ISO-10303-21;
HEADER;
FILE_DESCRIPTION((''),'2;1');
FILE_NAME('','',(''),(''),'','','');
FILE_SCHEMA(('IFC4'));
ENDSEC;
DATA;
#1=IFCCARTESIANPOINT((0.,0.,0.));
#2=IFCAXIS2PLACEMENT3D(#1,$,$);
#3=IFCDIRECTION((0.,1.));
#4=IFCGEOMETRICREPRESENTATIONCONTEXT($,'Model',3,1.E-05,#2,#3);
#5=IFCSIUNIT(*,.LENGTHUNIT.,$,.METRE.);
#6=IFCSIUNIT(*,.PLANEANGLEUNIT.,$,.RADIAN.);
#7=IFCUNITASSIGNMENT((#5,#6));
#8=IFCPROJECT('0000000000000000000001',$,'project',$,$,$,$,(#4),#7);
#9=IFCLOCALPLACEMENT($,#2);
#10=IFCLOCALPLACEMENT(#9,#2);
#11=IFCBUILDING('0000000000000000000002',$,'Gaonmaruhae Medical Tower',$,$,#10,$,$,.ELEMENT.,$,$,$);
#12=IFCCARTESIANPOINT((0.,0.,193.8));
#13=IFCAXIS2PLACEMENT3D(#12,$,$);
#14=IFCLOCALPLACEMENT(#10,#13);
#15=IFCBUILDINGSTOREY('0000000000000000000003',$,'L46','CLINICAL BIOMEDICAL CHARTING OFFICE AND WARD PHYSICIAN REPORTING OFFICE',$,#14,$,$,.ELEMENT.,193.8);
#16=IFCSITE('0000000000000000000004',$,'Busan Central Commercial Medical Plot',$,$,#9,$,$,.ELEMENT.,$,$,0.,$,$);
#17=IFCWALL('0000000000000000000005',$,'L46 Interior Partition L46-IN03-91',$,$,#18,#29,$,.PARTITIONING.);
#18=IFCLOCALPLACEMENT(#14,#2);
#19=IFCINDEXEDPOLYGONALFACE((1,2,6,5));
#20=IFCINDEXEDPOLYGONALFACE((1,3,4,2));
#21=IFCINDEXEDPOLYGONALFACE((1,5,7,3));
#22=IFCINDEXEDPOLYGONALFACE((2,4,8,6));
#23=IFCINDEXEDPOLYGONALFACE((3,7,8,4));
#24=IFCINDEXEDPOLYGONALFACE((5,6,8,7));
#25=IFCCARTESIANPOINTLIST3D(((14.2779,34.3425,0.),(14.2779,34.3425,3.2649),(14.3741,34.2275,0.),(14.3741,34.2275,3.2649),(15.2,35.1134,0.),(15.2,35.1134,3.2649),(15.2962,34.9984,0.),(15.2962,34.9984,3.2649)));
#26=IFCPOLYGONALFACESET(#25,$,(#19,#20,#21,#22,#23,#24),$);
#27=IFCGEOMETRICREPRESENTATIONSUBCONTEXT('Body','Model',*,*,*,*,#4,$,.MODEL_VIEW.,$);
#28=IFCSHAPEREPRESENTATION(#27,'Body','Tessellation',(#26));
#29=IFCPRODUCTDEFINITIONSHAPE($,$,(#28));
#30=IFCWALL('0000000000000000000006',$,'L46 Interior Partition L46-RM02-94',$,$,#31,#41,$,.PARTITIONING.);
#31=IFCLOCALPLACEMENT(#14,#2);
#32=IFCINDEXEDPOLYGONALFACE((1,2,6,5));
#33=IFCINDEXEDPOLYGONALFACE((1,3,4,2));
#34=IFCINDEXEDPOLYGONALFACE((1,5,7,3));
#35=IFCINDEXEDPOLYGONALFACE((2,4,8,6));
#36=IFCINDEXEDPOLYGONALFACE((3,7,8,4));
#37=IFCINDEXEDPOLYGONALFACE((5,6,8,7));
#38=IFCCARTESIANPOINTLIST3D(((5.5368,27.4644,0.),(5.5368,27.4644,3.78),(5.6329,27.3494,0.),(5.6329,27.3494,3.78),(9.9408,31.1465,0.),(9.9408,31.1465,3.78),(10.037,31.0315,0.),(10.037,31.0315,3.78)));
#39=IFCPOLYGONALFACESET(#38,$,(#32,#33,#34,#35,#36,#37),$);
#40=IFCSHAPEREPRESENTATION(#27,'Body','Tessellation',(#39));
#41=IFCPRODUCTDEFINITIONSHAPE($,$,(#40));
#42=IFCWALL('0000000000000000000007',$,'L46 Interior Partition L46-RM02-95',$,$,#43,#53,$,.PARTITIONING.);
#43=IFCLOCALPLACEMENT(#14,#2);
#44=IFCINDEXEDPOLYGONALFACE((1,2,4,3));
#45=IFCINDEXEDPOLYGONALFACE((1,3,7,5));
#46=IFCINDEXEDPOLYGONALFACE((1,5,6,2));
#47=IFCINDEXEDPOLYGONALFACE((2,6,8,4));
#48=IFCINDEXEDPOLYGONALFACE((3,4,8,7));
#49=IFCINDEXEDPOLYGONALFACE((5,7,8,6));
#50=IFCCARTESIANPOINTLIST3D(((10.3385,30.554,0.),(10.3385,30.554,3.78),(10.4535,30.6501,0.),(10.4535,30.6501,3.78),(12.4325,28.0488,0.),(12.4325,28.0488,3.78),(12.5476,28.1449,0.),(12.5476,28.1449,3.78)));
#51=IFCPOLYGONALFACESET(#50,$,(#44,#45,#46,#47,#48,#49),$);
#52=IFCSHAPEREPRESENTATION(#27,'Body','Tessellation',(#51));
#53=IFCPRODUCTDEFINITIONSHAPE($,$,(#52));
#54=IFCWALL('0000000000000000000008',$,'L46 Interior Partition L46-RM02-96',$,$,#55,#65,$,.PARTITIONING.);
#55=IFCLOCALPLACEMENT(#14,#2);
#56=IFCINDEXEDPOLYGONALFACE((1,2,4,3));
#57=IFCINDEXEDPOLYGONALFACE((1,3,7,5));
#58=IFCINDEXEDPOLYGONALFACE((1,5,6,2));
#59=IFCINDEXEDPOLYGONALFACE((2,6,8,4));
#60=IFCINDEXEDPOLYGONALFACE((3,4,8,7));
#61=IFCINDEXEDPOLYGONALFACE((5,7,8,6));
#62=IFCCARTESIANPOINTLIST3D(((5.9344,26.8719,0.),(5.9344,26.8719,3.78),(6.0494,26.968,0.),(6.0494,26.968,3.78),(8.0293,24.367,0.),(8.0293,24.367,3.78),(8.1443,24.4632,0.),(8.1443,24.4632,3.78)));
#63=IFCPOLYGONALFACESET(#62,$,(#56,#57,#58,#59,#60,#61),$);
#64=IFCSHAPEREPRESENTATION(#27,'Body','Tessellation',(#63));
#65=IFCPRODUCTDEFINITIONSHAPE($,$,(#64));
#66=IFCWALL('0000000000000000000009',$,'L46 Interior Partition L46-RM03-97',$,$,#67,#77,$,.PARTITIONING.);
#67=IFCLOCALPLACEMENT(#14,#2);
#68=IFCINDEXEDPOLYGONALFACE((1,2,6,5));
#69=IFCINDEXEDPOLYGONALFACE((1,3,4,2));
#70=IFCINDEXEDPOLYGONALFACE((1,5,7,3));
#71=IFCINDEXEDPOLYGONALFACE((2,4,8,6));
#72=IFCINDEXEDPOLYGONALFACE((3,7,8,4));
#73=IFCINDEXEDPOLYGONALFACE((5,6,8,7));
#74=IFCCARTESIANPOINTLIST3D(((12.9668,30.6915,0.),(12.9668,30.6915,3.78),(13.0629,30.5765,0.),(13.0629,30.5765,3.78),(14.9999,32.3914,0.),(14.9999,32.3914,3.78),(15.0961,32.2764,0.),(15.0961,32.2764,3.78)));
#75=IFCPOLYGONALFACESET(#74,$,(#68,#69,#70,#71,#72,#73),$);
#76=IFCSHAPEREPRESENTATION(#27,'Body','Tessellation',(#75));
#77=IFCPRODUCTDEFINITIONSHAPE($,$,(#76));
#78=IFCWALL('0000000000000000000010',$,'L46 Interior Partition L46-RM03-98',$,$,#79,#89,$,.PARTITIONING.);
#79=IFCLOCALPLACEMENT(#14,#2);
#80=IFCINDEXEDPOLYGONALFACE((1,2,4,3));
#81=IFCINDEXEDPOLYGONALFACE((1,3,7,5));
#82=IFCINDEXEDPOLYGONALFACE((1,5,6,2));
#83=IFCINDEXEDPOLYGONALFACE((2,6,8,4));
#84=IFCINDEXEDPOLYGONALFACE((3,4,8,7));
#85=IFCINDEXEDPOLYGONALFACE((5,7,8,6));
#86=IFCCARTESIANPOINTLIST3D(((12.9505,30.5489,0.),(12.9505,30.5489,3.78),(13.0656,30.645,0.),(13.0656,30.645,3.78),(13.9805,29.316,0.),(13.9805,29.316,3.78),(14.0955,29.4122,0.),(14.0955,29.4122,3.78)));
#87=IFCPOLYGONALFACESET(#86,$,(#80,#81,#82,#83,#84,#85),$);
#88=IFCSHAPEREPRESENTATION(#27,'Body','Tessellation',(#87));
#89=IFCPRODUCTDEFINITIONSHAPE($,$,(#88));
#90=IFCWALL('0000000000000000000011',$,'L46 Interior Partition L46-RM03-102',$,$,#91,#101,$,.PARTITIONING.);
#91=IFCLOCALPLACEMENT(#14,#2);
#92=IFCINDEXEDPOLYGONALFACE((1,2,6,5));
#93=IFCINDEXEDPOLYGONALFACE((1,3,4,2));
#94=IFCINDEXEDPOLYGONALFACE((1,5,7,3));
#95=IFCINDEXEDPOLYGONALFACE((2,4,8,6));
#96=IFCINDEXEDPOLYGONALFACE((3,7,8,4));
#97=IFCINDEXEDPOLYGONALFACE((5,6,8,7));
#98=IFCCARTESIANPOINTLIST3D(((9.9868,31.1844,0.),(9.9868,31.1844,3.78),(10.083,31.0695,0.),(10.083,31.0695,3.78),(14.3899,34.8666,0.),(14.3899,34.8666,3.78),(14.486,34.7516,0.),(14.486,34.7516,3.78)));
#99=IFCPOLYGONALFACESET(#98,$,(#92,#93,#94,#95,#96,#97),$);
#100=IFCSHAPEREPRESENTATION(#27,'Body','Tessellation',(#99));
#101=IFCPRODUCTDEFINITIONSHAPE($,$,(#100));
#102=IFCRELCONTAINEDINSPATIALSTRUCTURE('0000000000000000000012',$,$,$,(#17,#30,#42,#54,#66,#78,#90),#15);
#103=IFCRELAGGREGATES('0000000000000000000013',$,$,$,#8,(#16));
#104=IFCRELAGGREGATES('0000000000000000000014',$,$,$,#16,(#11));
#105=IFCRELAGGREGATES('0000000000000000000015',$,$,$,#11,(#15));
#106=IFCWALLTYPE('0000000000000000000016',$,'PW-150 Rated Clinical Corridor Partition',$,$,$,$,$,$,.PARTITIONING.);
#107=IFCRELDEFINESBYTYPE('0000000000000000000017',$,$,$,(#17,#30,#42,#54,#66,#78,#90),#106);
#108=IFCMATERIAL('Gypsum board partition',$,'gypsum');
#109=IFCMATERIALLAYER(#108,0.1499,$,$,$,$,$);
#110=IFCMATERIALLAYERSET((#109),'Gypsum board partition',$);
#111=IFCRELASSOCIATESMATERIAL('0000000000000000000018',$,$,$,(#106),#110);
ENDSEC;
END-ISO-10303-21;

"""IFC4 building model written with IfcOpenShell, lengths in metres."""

from ifc_helpers import new_model, si_unit, direction, frame, frame_2d, origin, place, context, subcontext, project, spatial, rectangle, extrude, material, layer, layer_set, type_object, element, save


model = new_model("IFC4")

# Units and contexts
model_context = context("Model", 3, precision=1e-05, world=origin(), true_north=direction((0.0, 1.0)))
body_context = subcontext(model_context, "Body", "Model", "MODEL_VIEW")
ifc_project = project(units=[si_unit("LENGTHUNIT", "METRE"), si_unit("PLANEANGLEUNIT", "RADIAN")], contexts=[model_context])

# Site, building, storey
site_placement = place(None, origin())
site = spatial("IfcSite", under=ifc_project, at=site_placement, Name="Busan Central Commercial Medical Plot", CompositionType="ELEMENT", RefElevation=0.0)
building_placement = place(site_placement, origin())
building = spatial("IfcBuilding", under=site, at=building_placement, Name="Gaonmaruhae Medical Tower", CompositionType="ELEMENT")
storey_placement = place(building_placement, frame((0.0, 0.0, 193.8)))
storey = spatial("IfcBuildingStorey", under=building, at=storey_placement, Name="L46", Description="CLINICAL BIOMEDICAL CHARTING OFFICE AND WARD PHYSICIAN REPORTING OFFICE", CompositionType="ELEMENT", Elevation=193.8)

# Shared definitions
ifc_material_1 = material(Name="Gypsum board partition", Category="gypsum")
ifc_layer_1 = layer(ifc_material_1, 0.1499)
ifc_layer_set_1 = layer_set([ifc_layer_1], Name="Gypsum board partition")
wall_type_1 = type_object("IfcWallType", Name="PW-150 Rated Clinical Corridor Partition", PredefinedType="PARTITIONING", material=ifc_layer_set_1)

# Walls
wall_1_placement = place(storey_placement, frame((14.3259, 34.2849, 0.0), z_axis=(0.0, 0.0, 1.0), x_axis=(0.767171, 0.641442, 0.0)))
element("IfcWall", 1, at=wall_1_placement, inside=storey, type_object=wall_type_1, Name="L46 Interior Partition L46-IN03-91", PredefinedType="PARTITIONING", context=body_context, shape_type="SweptSolid", body=[
    extrude(rectangle(XDim=1.2019, YDim=0.1499, at=frame_2d((0.6011, 0.0))), origin(), (0.0, 0.0, 1.0), 3.2649),
])
wall_2_placement = place(storey_placement, frame((5.585, 27.407, 0.0), z_axis=(0.0, 0.0, 1.0), x_axis=(0.767185, 0.641426, 0.0)))
element("IfcWall", 2, at=wall_2_placement, inside=storey, type_object=wall_type_1, Name="L46 Interior Partition L46-RM02-94", PredefinedType="PARTITIONING", context=body_context, shape_type="SweptSolid", body=[
    extrude(rectangle(XDim=5.7405, YDim=0.1499, at=frame_2d((2.8701, 0.0))), origin(), (0.0, 0.0, 1.0), 3.78),
])
wall_3_placement = place(storey_placement, frame((10.396, 30.6021, 0.0), z_axis=(0.0, 0.0, 1.0), x_axis=(0.641338, -0.767258, 0.0)))
element("IfcWall", 3, at=wall_3_placement, inside=storey, type_object=wall_type_1, Name="L46 Interior Partition L46-RM02-95", PredefinedType="PARTITIONING", context=body_context, shape_type="SweptSolid", body=[
    extrude(rectangle(XDim=3.2651, YDim=0.1499, at=frame_2d((1.6326, 0.0))), origin(), (0.0, 0.0, 1.0), 3.78),
])
wall_4_placement = place(storey_placement, frame((8.0869, 24.415, 0.0), z_axis=(0.0, 0.0, 1.0), x_axis=(-0.641551, 0.76708, 0.0)))
element("IfcWall", 4, at=wall_4_placement, inside=storey, type_object=wall_type_1, Name="L46 Interior Partition L46-RM02-96", PredefinedType="PARTITIONING", context=body_context, shape_type="SweptSolid", body=[
    extrude(rectangle(XDim=3.2654, YDim=0.1499, at=frame_2d((1.6328, 0.0))), origin(), (0.0, 0.0, 1.0), 3.78),
])
wall_5_placement = place(storey_placement, frame((15.0481, 32.334, 0.0), z_axis=(0.0, 0.0, 1.0), x_axis=(-0.767178, -0.641434, 0.0)))
element("IfcWall", 5, at=wall_5_placement, inside=storey, type_object=wall_type_1, Name="L46 Interior Partition L46-RM03-97", PredefinedType="PARTITIONING", context=body_context, shape_type="SweptSolid", body=[
    extrude(rectangle(XDim=2.6501, YDim=0.1499, at=frame_2d((1.3252, 0.0))), origin(), (0.0, 0.0, 1.0), 3.78),
])
wall_6_placement = place(storey_placement, frame((13.0081, 30.5969, 0.0), z_axis=(0.0, 0.0, 1.0), x_axis=(0.641141, -0.767423, 0.0)))
element("IfcWall", 6, at=wall_6_placement, inside=storey, type_object=wall_type_1, Name="L46 Interior Partition L46-RM03-98", PredefinedType="PARTITIONING", context=body_context, shape_type="SweptSolid", body=[
    extrude(rectangle(XDim=1.6064, YDim=0.1499, at=frame_2d((0.8032, 0.0))), origin(), (0.0, 0.0, 1.0), 3.78),
])
wall_7_placement = place(storey_placement, frame((10.0349, 31.127, 0.0), z_axis=(0.0, 0.0, 1.0), x_axis=(0.767115, 0.64151, 0.0)))
element("IfcWall", 7, at=wall_7_placement, inside=storey, type_object=wall_type_1, Name="L46 Interior Partition L46-RM03-102", PredefinedType="PARTITIONING", context=body_context, shape_type="SweptSolid", body=[
    extrude(rectangle(XDim=5.7397, YDim=0.1499, at=frame_2d((2.8699, 0.0))), origin(), (0.0, 0.0, 1.0), 3.78),
])

save(model, "model.ifc")
